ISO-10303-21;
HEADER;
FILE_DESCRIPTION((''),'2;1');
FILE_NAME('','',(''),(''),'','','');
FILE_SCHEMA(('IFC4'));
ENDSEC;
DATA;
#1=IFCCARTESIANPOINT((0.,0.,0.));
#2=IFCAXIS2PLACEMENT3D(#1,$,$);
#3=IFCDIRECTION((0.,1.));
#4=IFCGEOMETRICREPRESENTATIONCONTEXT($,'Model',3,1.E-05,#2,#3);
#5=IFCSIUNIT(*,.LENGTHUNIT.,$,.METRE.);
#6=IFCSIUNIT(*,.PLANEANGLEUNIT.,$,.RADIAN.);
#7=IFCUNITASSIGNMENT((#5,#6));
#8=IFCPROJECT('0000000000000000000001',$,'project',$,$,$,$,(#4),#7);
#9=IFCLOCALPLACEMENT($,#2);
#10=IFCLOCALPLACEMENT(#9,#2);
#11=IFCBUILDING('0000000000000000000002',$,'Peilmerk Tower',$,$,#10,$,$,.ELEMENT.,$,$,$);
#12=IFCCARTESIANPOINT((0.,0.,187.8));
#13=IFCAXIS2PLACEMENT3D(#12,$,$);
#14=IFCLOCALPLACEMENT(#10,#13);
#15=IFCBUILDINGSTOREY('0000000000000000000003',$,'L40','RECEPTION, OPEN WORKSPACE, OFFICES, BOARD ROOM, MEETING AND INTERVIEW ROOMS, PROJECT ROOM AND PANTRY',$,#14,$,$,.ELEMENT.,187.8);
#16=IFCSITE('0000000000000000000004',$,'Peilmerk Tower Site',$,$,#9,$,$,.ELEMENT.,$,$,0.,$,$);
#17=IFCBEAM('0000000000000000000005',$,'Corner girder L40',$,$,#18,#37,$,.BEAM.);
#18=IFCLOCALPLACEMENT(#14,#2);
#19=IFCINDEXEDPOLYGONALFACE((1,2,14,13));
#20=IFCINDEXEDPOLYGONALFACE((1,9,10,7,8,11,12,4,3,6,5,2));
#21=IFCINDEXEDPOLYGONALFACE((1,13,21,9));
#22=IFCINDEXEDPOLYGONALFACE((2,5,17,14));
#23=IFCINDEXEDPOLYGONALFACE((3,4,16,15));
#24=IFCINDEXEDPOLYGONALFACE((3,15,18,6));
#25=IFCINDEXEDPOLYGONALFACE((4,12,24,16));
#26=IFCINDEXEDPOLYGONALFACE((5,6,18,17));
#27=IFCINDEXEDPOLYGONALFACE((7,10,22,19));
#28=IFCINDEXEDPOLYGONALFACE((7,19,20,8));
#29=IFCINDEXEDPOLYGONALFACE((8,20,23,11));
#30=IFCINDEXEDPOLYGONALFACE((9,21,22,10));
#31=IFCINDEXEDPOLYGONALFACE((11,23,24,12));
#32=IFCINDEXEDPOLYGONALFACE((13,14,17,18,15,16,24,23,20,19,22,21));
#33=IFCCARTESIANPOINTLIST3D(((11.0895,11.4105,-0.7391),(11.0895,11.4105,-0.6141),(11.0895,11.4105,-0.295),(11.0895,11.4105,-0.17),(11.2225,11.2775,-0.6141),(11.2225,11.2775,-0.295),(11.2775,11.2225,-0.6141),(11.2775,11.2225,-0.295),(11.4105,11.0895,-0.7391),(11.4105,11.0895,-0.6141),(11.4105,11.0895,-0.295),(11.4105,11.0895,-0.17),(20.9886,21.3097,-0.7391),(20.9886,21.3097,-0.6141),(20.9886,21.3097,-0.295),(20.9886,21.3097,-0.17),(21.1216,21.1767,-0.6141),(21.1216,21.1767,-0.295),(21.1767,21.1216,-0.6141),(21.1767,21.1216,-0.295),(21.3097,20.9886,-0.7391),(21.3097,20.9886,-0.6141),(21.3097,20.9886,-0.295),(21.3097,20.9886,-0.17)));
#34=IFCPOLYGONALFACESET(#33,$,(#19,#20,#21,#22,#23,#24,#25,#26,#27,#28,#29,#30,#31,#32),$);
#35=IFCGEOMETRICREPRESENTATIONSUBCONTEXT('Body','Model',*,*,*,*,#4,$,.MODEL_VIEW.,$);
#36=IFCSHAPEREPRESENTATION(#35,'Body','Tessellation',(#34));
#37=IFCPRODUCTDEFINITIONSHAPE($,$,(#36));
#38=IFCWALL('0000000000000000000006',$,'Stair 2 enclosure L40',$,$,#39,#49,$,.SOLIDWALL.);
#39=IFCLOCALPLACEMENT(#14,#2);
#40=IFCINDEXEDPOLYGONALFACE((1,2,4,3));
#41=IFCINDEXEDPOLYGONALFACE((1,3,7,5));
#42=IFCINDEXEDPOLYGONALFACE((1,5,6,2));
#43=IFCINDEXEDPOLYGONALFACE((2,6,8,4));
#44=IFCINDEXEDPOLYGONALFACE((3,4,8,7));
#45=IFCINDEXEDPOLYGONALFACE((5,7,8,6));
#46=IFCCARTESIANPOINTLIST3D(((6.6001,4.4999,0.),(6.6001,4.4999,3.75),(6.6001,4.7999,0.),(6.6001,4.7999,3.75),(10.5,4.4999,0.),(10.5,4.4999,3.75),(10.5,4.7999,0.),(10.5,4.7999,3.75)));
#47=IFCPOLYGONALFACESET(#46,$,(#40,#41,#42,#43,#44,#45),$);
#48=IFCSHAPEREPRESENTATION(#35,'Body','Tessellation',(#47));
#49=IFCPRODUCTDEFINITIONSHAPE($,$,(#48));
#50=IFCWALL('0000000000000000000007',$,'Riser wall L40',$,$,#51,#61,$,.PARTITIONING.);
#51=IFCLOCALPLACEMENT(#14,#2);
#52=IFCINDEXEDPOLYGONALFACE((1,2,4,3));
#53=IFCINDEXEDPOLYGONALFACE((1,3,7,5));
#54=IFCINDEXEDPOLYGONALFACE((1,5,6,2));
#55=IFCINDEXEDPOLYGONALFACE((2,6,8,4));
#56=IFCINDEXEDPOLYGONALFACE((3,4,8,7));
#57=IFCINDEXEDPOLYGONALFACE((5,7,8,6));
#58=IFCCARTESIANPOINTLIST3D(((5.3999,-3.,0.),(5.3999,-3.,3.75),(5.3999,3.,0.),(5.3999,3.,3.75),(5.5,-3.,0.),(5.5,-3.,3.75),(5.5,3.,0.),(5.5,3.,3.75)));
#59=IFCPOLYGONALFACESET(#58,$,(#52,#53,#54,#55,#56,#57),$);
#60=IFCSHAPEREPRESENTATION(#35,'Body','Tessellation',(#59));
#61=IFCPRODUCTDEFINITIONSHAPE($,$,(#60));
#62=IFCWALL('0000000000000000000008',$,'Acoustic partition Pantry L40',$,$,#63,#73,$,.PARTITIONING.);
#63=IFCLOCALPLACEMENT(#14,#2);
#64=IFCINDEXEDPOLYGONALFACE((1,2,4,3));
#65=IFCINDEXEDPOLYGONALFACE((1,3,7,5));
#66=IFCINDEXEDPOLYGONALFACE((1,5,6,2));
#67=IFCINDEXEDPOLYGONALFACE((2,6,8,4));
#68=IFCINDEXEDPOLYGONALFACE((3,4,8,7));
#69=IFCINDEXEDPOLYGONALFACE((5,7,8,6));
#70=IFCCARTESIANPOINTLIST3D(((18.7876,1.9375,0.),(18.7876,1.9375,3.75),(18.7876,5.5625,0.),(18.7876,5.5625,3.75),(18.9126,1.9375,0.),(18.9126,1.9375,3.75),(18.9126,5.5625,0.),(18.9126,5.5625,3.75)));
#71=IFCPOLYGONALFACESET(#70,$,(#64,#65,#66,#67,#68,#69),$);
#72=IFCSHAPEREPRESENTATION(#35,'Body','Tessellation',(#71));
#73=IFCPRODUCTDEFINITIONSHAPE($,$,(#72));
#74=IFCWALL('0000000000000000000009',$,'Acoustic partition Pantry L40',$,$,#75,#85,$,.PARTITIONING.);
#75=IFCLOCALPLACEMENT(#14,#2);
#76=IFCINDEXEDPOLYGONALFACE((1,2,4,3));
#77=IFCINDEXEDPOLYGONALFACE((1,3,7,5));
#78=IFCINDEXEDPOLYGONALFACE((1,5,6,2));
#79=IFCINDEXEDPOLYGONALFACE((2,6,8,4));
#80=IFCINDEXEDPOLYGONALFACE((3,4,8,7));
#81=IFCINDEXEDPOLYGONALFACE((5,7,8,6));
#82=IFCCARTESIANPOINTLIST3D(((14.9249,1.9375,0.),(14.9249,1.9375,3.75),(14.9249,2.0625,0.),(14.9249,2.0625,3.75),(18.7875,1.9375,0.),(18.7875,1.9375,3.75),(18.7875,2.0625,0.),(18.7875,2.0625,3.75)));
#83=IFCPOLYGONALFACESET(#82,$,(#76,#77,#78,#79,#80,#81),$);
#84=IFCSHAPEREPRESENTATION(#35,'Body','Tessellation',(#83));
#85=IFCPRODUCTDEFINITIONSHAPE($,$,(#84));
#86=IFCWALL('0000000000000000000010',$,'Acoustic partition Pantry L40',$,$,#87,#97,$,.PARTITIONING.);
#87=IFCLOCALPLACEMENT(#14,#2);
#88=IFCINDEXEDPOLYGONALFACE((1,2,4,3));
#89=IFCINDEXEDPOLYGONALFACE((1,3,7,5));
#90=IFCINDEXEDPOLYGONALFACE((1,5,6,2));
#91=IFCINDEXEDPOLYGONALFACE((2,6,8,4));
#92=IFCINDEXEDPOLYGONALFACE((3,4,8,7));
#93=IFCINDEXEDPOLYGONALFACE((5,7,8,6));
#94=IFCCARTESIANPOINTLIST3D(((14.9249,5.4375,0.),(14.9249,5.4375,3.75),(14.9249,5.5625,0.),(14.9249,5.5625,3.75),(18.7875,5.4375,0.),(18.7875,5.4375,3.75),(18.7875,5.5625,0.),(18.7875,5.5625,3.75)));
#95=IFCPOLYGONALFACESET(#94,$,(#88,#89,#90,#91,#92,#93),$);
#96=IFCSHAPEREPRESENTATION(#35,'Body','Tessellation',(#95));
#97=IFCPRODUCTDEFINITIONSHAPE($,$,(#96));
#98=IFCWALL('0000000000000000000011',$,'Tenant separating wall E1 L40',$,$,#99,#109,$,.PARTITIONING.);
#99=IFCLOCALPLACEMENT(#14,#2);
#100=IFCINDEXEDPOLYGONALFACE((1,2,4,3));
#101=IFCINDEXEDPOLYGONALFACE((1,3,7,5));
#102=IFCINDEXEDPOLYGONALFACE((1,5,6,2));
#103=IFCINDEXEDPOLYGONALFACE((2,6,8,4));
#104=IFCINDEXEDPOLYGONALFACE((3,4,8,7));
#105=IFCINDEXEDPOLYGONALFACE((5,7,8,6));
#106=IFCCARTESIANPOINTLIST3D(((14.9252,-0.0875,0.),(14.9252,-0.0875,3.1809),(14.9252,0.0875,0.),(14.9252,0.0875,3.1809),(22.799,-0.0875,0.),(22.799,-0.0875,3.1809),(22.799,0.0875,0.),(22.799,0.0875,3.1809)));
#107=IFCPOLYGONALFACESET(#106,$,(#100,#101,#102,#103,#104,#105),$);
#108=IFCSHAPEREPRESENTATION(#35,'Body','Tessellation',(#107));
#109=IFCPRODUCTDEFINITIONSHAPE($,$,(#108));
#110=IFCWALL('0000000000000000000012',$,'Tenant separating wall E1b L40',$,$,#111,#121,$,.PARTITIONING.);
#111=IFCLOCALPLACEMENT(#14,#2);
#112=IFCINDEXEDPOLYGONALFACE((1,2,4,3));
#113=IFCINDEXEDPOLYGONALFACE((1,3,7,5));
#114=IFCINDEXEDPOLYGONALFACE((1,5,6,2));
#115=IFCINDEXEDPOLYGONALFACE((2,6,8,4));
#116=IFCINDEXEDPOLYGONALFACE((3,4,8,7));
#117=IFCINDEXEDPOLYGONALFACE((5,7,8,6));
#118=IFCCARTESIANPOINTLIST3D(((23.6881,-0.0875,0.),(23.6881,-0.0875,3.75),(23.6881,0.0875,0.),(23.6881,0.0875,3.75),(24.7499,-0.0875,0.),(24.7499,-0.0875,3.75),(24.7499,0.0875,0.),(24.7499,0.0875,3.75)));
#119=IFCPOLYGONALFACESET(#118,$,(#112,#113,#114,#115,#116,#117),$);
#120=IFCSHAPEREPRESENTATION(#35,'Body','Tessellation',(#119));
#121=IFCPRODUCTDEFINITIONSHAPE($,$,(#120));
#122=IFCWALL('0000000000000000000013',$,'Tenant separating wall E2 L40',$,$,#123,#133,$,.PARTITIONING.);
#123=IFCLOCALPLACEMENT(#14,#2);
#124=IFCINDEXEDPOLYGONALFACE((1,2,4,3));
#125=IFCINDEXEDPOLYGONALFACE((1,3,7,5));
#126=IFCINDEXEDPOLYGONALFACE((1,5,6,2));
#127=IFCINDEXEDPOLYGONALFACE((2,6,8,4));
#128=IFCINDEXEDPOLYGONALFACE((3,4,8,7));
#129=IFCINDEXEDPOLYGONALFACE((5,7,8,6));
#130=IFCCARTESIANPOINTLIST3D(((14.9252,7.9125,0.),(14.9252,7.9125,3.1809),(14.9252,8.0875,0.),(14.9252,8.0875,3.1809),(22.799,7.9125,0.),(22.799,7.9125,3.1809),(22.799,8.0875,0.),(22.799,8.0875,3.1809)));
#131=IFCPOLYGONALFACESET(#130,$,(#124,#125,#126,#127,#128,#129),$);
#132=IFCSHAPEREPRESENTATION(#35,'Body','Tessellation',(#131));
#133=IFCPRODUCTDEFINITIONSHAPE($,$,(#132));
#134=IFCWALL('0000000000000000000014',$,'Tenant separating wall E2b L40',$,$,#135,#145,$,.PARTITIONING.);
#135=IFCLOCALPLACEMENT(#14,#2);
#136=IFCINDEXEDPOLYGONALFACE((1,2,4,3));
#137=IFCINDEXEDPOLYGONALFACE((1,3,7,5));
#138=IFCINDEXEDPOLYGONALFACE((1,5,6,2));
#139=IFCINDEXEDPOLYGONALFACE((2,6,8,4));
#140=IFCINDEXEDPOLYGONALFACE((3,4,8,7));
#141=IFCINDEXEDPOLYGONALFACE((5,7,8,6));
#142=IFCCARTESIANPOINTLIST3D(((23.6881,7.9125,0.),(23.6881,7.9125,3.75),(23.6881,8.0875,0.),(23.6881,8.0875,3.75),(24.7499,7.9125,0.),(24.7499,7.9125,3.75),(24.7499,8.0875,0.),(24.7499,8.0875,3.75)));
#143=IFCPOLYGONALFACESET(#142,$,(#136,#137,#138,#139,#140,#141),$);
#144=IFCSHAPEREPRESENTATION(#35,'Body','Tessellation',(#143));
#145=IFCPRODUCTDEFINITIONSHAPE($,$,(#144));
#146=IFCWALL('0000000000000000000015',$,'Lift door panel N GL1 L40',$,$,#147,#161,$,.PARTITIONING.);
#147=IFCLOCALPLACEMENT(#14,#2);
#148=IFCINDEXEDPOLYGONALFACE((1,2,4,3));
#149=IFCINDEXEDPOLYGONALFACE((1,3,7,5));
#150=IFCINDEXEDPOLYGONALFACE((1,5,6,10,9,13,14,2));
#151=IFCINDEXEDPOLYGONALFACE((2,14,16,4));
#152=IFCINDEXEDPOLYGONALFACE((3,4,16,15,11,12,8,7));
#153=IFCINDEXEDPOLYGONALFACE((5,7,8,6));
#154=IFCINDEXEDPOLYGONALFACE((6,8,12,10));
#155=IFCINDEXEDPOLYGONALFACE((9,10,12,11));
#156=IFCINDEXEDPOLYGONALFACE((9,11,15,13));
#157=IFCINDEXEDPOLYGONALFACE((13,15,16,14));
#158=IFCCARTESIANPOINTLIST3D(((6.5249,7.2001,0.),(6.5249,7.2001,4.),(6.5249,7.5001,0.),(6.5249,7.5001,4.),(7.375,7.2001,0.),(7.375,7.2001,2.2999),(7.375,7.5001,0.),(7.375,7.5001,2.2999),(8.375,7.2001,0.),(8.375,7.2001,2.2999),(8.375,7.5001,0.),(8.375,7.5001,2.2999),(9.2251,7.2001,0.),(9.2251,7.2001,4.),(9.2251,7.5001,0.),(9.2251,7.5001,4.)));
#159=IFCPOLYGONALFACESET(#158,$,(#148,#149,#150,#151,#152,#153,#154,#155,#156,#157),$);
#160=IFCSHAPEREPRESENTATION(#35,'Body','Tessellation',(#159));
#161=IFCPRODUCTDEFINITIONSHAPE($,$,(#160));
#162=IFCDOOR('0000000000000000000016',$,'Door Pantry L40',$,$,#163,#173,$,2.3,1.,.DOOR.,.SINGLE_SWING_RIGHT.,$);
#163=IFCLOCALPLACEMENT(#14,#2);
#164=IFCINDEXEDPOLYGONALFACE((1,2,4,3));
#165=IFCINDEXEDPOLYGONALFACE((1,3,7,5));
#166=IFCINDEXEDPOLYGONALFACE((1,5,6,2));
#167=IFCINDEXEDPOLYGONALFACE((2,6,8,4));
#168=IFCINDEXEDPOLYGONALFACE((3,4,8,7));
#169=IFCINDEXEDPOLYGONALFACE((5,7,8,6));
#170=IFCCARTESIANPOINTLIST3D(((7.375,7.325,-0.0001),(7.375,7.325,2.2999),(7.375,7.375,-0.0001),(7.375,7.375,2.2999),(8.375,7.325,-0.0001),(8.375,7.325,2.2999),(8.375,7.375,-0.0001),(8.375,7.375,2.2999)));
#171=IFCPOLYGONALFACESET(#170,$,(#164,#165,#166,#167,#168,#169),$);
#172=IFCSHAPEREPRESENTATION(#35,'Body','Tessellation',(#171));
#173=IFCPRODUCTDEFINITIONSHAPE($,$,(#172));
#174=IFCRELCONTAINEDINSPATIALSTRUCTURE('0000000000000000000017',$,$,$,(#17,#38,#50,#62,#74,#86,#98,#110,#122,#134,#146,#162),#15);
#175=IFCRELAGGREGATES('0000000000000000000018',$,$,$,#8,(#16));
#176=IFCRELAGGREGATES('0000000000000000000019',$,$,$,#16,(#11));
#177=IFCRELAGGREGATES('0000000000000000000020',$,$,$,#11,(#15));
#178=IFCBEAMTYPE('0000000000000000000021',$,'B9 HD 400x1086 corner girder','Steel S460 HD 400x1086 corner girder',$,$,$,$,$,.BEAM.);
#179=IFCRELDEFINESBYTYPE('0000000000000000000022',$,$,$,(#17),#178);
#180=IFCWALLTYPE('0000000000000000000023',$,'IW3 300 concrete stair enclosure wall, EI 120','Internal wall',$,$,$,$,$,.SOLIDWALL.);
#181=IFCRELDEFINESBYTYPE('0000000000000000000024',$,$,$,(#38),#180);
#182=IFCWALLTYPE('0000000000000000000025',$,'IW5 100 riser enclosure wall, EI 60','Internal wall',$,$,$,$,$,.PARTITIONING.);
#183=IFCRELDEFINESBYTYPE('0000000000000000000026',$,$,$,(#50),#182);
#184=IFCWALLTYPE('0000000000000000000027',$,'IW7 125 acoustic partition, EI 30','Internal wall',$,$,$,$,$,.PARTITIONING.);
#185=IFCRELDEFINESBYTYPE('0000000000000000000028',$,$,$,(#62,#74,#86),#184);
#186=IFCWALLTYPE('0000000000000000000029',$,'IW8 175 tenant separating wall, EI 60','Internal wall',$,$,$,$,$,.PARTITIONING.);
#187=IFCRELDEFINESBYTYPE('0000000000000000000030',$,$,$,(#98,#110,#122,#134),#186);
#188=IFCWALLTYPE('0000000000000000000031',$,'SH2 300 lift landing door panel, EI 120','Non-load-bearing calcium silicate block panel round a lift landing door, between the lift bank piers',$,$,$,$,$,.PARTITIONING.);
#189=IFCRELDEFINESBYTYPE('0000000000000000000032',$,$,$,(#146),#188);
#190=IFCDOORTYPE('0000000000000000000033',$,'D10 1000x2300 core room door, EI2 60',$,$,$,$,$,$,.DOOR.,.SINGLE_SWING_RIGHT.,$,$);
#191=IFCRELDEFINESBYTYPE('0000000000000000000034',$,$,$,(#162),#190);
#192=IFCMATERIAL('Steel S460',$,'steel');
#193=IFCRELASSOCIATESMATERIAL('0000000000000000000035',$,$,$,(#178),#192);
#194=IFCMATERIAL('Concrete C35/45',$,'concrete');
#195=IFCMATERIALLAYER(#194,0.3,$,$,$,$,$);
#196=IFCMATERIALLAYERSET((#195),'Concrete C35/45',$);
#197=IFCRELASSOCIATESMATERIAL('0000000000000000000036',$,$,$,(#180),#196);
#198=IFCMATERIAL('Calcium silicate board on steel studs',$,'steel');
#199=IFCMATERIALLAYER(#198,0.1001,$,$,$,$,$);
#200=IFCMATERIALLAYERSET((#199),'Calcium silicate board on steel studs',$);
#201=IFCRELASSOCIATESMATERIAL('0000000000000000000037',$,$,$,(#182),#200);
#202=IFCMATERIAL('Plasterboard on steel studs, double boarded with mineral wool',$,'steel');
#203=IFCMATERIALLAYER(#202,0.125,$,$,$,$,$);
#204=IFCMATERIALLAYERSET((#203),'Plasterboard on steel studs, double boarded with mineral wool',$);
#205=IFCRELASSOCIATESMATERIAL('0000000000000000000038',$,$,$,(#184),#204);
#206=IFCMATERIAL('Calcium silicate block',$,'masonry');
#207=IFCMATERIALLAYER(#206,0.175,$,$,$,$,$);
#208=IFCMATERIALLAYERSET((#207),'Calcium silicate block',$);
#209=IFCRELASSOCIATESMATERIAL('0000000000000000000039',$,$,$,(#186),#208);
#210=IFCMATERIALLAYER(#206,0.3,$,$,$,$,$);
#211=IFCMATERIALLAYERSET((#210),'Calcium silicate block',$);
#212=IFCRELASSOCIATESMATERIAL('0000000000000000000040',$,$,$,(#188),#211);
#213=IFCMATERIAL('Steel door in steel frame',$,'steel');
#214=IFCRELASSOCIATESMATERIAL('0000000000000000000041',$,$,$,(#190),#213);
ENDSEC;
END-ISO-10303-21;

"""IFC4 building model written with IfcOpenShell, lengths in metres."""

from ifc_helpers import new_model, si_unit, direction, frame, frame_2d, origin, origin_2d, place, context, subcontext, project, spatial, rectangle, i_section, extrude, material, layer, layer_set, material_profile, profile_set, type_object, element, fill, save


model = new_model("IFC4")

# Units and contexts
model_context = context("Model", 3, precision=1e-05, world=origin(), true_north=direction((0.0, 1.0)))
body_context = subcontext(model_context, "Body", "Model", "MODEL_VIEW")
ifc_project = project(units=[si_unit("LENGTHUNIT", "METRE"), si_unit("PLANEANGLEUNIT", "RADIAN")], contexts=[model_context])

# Site, building, storey
site_placement = place(None, origin())
site = spatial("IfcSite", under=ifc_project, at=site_placement, Name="Peilmerk Tower Site", CompositionType="ELEMENT", RefElevation=0.0)
building_placement = place(site_placement, origin())
building = spatial("IfcBuilding", under=site, at=building_placement, Name="Peilmerk Tower", CompositionType="ELEMENT")
storey_placement = place(building_placement, frame((0.0, 0.0, 187.8)))
storey = spatial("IfcBuildingStorey", under=building, at=storey_placement, Name="L40", Description="RECEPTION, OPEN WORKSPACE, OFFICES, BOARD ROOM, MEETING AND INTERVIEW ROOMS, PROJECT ROOM AND PANTRY", CompositionType="ELEMENT", Elevation=187.8)

# Shared definitions
ifc_material_1 = material(Name="Steel S460", Category="steel")

# Beam
ifc_material_profile_1 = material_profile(ifc_material_1, i_section(OverallWidth=0.4541, OverallDepth=0.5691, WebThickness=0.0779, FlangeThickness=0.125, at=origin_2d()), Name="HD 400x1086")
ifc_profile_set_1 = profile_set([ifc_material_profile_1], Name="Steel S460")
beam_type_1 = type_object("IfcBeamType", Name="B9 HD 400x1086 corner girder", Description="Steel S460 HD 400x1086 corner girder", PredefinedType="BEAM", material=ifc_profile_set_1)
beam_placement = place(storey_placement, frame((11.25, 11.25, -0.4546), z_axis=(0.707107, 0.707107, 0.0), x_axis=(-0.707107, 0.707107, 0.0)))
element("IfcBeam", 1, at=beam_placement, inside=storey, type_object=beam_type_1, Name="Corner girder L40", PredefinedType="BEAM", context=body_context, shape_type="SweptSolid", body=[
    extrude(i_section(OverallWidth=0.4541, OverallDepth=0.5691, WebThickness=0.0779, FlangeThickness=0.125, at=origin_2d()), origin(), (0.0, 0.0, 1.0), 13.9995),
])

# Walls
ifc_material_2 = material(Name="Concrete C35/45", Category="concrete")
ifc_layer_1 = layer(ifc_material_2, 0.3)
ifc_layer_set_1 = layer_set([ifc_layer_1], Name="Concrete C35/45")
wall_type_1 = type_object("IfcWallType", Name="IW3 300 concrete stair enclosure wall, EI 120", Description="Internal wall", PredefinedType="SOLIDWALL", material=ifc_layer_set_1)
wall_1_placement = place(storey_placement, frame((6.6001, 4.6499, 0.0), z_axis=(0.0, 0.0, 1.0), x_axis=(1.0, 0.0, 0.0)))
element("IfcWall", 2, at=wall_1_placement, inside=storey, type_object=wall_type_1, Name="Stair 2 enclosure L40", PredefinedType="SOLIDWALL", context=body_context, shape_type="SweptSolid", body=[
    extrude(rectangle(XDim=3.8999, YDim=0.3, at=frame_2d((1.95, 0.0))), origin(), (0.0, 0.0, 1.0), 3.75),
])
ifc_material_3 = material(Name="Calcium silicate board on steel studs", Category="steel")
ifc_layer_2 = layer(ifc_material_3, 0.1001)
ifc_layer_set_2 = layer_set([ifc_layer_2], Name="Calcium silicate board on steel studs")
wall_type_2 = type_object("IfcWallType", Name="IW5 100 riser enclosure wall, EI 60", Description="Internal wall", PredefinedType="PARTITIONING", material=ifc_layer_set_2)
wall_2_placement = place(storey_placement, frame((5.45, 3.0, 0.0), z_axis=(0.0, 0.0, 1.0), x_axis=(0.0, -1.0, 0.0)))
element("IfcWall", 3, at=wall_2_placement, inside=storey, type_object=wall_type_2, Name="Riser wall L40", PredefinedType="PARTITIONING", context=body_context, shape_type="SweptSolid", body=[
    extrude(rectangle(XDim=6.0, YDim=0.1001, at=frame_2d((3.0, 0.0))), origin(), (0.0, 0.0, 1.0), 3.75),
])
ifc_material_4 = material(Name="Plasterboard on steel studs, double boarded with mineral wool", Category="steel")
ifc_layer_3 = layer(ifc_material_4, 0.125)
ifc_layer_set_3 = layer_set([ifc_layer_3], Name="Plasterboard on steel studs, double boarded with mineral wool")
wall_type_3 = type_object("IfcWallType", Name="IW7 125 acoustic partition, EI 30", Description="Internal wall", PredefinedType="PARTITIONING", material=ifc_layer_set_3)
wall_3_placement = place(storey_placement, frame((18.8501, 1.9375, 0.0), z_axis=(0.0, 0.0, 1.0), x_axis=(0.0, 1.0, 0.0)))
element("IfcWall", 4, at=wall_3_placement, inside=storey, type_object=wall_type_3, Name="Acoustic partition Pantry L40", PredefinedType="PARTITIONING", context=body_context, shape_type="SweptSolid", body=[
    extrude(rectangle(XDim=3.625, YDim=0.125, at=frame_2d((1.8125, 0.0))), origin(), (0.0, 0.0, 1.0), 3.75),
])
for number, where, z_axis, x_axis, name in (
    (5, (14.925, 2.0, 0.0), (0.0, 0.0, 1.0), (1.0, 0.0, 0.0), "Acoustic partition Pantry L40"),
    (6, (14.925, 5.5, 0.0), (0.0, 0.0, 1.0), (1.0, 0.0, 0.0), "Acoustic partition Pantry L40"),
):
    element("IfcWall", number, at=place(storey_placement, frame(where, z_axis=z_axis, x_axis=x_axis)), inside=storey, type_object=wall_type_3, Name=name, PredefinedType="PARTITIONING", context=body_context, shape_type="SweptSolid", body=[
        extrude(rectangle(XDim=3.8625, YDim=0.125, at=frame_2d((1.9312, 0.0))), origin(), (0.0, 0.0, 1.0), 3.75),
    ])
ifc_material_5 = material(Name="Calcium silicate block", Category="masonry")
ifc_layer_4 = layer(ifc_material_5, 0.175)
ifc_layer_set_4 = layer_set([ifc_layer_4], Name="Calcium silicate block")
wall_type_4 = type_object("IfcWallType", Name="IW8 175 tenant separating wall, EI 60", Description="Internal wall", PredefinedType="PARTITIONING", material=ifc_layer_set_4)
wall_4_placement = place(storey_placement, frame((14.925, 0.0, 0.0), z_axis=(0.0, 0.0, 1.0), x_axis=(1.0, 0.0, 0.0)))
element("IfcWall", 7, at=wall_4_placement, inside=storey, type_object=wall_type_4, Name="Tenant separating wall E1 L40", PredefinedType="PARTITIONING", context=body_context, shape_type="SweptSolid", body=[
    extrude(rectangle(XDim=7.8738, YDim=0.175, at=frame_2d((3.937, 0.0))), origin(), (0.0, 0.0, 1.0), 3.1809),
])
wall_5_placement = place(storey_placement, frame((23.6882, 0.0, 0.0), z_axis=(0.0, 0.0, 1.0), x_axis=(1.0, 0.0, 0.0)))
element("IfcWall", 8, at=wall_5_placement, inside=storey, type_object=wall_type_4, Name="Tenant separating wall E1b L40", PredefinedType="PARTITIONING", context=body_context, shape_type="SweptSolid", body=[
    extrude(rectangle(XDim=1.0618, YDim=0.175, at=frame_2d((0.5308, 0.0))), origin(), (0.0, 0.0, 1.0), 3.75),
])
wall_6_placement = place(storey_placement, frame((14.925, 8.0, 0.0), z_axis=(0.0, 0.0, 1.0), x_axis=(1.0, 0.0, 0.0)))
element("IfcWall", 9, at=wall_6_placement, inside=storey, type_object=wall_type_4, Name="Tenant separating wall E2 L40", PredefinedType="PARTITIONING", context=body_context, shape_type="SweptSolid", body=[
    extrude(rectangle(XDim=7.8738, YDim=0.175, at=frame_2d((3.937, 0.0))), origin(), (0.0, 0.0, 1.0), 3.1809),
])
wall_7_placement = place(storey_placement, frame((23.6882, 8.0, 0.0), z_axis=(0.0, 0.0, 1.0), x_axis=(1.0, 0.0, 0.0)))
element("IfcWall", 10, at=wall_7_placement, inside=storey, type_object=wall_type_4, Name="Tenant separating wall E2b L40", PredefinedType="PARTITIONING", context=body_context, shape_type="SweptSolid", body=[
    extrude(rectangle(XDim=1.0618, YDim=0.175, at=frame_2d((0.5308, 0.0))), origin(), (0.0, 0.0, 1.0), 3.75),
])

# Wall, opening, door
ifc_layer_5 = layer(ifc_material_5, 0.3)
ifc_layer_set_5 = layer_set([ifc_layer_5], Name="Calcium silicate block")
wall_type_5 = type_object("IfcWallType", Name="SH2 300 lift landing door panel, EI 120", Description="Non-load-bearing calcium silicate block panel round a lift landing door, between the lift bank piers", PredefinedType="PARTITIONING", material=ifc_layer_set_5)
wall_8_placement = place(storey_placement, frame((6.5249, 7.3501, 0.0), z_axis=(0.0, 0.0, 1.0), x_axis=(1.0, 0.0, 0.0)))
wall_8 = element("IfcWall", 11, at=wall_8_placement, inside=storey, type_object=wall_type_5, Name="Lift door panel N GL1 L40", PredefinedType="PARTITIONING", context=body_context, shape_type="SweptSolid", body=[
    extrude(rectangle(XDim=2.7002, YDim=0.3, at=frame_2d((1.3501, 0.0))), origin(), (0.0, 0.0, 1.0), 4.0),
])
opening_1_placement = place(wall_8_placement, frame((0.8501, 0.0, 0.0)))
opening_1 = element("IfcOpeningElement", 12, at=opening_1_placement, cuts=wall_8, PredefinedType="OPENING", context=body_context, shape_type="SweptSolid", body=[
    extrude(rectangle(XDim=1.0, YDim=2.3, at=frame_2d((0.5, 1.1499))), frame((0.0, 0.1599, 0.0), z_axis=(0.0, -1.0, 0.0), x_axis=(1.0, 0.0, 0.0)), (0.0, 0.0, 1.0), 0.3201),
])
ifc_material_6 = material(Name="Steel door in steel frame", Category="steel")
door_type_1 = type_object("IfcDoorType", Name="D10 1000x2300 core room door, EI2 60", OperationType="SINGLE_SWING_RIGHT", PredefinedType="DOOR", material=ifc_material_6)
door_1_placement = place(opening_1_placement, origin())
door_1 = element("IfcDoor", 13, at=door_1_placement, inside=storey, type_object=door_type_1, Name="Door Pantry L40", OperationType="SINGLE_SWING_RIGHT", OverallHeight=2.3, OverallWidth=1.0, PredefinedType="DOOR", context=body_context, shape_type="SweptSolid", body=[
    extrude(rectangle(XDim=1.0, YDim=2.3, at=frame_2d((0.5, 1.1499))), frame((0.0, 0.0249, 0.0), z_axis=(0.0, -1.0, 0.0), x_axis=(1.0, 0.0, 0.0)), (0.0, 0.0, 1.0), 0.05),
])
fill(opening_1, door_1)

save(model, "model.ifc")
